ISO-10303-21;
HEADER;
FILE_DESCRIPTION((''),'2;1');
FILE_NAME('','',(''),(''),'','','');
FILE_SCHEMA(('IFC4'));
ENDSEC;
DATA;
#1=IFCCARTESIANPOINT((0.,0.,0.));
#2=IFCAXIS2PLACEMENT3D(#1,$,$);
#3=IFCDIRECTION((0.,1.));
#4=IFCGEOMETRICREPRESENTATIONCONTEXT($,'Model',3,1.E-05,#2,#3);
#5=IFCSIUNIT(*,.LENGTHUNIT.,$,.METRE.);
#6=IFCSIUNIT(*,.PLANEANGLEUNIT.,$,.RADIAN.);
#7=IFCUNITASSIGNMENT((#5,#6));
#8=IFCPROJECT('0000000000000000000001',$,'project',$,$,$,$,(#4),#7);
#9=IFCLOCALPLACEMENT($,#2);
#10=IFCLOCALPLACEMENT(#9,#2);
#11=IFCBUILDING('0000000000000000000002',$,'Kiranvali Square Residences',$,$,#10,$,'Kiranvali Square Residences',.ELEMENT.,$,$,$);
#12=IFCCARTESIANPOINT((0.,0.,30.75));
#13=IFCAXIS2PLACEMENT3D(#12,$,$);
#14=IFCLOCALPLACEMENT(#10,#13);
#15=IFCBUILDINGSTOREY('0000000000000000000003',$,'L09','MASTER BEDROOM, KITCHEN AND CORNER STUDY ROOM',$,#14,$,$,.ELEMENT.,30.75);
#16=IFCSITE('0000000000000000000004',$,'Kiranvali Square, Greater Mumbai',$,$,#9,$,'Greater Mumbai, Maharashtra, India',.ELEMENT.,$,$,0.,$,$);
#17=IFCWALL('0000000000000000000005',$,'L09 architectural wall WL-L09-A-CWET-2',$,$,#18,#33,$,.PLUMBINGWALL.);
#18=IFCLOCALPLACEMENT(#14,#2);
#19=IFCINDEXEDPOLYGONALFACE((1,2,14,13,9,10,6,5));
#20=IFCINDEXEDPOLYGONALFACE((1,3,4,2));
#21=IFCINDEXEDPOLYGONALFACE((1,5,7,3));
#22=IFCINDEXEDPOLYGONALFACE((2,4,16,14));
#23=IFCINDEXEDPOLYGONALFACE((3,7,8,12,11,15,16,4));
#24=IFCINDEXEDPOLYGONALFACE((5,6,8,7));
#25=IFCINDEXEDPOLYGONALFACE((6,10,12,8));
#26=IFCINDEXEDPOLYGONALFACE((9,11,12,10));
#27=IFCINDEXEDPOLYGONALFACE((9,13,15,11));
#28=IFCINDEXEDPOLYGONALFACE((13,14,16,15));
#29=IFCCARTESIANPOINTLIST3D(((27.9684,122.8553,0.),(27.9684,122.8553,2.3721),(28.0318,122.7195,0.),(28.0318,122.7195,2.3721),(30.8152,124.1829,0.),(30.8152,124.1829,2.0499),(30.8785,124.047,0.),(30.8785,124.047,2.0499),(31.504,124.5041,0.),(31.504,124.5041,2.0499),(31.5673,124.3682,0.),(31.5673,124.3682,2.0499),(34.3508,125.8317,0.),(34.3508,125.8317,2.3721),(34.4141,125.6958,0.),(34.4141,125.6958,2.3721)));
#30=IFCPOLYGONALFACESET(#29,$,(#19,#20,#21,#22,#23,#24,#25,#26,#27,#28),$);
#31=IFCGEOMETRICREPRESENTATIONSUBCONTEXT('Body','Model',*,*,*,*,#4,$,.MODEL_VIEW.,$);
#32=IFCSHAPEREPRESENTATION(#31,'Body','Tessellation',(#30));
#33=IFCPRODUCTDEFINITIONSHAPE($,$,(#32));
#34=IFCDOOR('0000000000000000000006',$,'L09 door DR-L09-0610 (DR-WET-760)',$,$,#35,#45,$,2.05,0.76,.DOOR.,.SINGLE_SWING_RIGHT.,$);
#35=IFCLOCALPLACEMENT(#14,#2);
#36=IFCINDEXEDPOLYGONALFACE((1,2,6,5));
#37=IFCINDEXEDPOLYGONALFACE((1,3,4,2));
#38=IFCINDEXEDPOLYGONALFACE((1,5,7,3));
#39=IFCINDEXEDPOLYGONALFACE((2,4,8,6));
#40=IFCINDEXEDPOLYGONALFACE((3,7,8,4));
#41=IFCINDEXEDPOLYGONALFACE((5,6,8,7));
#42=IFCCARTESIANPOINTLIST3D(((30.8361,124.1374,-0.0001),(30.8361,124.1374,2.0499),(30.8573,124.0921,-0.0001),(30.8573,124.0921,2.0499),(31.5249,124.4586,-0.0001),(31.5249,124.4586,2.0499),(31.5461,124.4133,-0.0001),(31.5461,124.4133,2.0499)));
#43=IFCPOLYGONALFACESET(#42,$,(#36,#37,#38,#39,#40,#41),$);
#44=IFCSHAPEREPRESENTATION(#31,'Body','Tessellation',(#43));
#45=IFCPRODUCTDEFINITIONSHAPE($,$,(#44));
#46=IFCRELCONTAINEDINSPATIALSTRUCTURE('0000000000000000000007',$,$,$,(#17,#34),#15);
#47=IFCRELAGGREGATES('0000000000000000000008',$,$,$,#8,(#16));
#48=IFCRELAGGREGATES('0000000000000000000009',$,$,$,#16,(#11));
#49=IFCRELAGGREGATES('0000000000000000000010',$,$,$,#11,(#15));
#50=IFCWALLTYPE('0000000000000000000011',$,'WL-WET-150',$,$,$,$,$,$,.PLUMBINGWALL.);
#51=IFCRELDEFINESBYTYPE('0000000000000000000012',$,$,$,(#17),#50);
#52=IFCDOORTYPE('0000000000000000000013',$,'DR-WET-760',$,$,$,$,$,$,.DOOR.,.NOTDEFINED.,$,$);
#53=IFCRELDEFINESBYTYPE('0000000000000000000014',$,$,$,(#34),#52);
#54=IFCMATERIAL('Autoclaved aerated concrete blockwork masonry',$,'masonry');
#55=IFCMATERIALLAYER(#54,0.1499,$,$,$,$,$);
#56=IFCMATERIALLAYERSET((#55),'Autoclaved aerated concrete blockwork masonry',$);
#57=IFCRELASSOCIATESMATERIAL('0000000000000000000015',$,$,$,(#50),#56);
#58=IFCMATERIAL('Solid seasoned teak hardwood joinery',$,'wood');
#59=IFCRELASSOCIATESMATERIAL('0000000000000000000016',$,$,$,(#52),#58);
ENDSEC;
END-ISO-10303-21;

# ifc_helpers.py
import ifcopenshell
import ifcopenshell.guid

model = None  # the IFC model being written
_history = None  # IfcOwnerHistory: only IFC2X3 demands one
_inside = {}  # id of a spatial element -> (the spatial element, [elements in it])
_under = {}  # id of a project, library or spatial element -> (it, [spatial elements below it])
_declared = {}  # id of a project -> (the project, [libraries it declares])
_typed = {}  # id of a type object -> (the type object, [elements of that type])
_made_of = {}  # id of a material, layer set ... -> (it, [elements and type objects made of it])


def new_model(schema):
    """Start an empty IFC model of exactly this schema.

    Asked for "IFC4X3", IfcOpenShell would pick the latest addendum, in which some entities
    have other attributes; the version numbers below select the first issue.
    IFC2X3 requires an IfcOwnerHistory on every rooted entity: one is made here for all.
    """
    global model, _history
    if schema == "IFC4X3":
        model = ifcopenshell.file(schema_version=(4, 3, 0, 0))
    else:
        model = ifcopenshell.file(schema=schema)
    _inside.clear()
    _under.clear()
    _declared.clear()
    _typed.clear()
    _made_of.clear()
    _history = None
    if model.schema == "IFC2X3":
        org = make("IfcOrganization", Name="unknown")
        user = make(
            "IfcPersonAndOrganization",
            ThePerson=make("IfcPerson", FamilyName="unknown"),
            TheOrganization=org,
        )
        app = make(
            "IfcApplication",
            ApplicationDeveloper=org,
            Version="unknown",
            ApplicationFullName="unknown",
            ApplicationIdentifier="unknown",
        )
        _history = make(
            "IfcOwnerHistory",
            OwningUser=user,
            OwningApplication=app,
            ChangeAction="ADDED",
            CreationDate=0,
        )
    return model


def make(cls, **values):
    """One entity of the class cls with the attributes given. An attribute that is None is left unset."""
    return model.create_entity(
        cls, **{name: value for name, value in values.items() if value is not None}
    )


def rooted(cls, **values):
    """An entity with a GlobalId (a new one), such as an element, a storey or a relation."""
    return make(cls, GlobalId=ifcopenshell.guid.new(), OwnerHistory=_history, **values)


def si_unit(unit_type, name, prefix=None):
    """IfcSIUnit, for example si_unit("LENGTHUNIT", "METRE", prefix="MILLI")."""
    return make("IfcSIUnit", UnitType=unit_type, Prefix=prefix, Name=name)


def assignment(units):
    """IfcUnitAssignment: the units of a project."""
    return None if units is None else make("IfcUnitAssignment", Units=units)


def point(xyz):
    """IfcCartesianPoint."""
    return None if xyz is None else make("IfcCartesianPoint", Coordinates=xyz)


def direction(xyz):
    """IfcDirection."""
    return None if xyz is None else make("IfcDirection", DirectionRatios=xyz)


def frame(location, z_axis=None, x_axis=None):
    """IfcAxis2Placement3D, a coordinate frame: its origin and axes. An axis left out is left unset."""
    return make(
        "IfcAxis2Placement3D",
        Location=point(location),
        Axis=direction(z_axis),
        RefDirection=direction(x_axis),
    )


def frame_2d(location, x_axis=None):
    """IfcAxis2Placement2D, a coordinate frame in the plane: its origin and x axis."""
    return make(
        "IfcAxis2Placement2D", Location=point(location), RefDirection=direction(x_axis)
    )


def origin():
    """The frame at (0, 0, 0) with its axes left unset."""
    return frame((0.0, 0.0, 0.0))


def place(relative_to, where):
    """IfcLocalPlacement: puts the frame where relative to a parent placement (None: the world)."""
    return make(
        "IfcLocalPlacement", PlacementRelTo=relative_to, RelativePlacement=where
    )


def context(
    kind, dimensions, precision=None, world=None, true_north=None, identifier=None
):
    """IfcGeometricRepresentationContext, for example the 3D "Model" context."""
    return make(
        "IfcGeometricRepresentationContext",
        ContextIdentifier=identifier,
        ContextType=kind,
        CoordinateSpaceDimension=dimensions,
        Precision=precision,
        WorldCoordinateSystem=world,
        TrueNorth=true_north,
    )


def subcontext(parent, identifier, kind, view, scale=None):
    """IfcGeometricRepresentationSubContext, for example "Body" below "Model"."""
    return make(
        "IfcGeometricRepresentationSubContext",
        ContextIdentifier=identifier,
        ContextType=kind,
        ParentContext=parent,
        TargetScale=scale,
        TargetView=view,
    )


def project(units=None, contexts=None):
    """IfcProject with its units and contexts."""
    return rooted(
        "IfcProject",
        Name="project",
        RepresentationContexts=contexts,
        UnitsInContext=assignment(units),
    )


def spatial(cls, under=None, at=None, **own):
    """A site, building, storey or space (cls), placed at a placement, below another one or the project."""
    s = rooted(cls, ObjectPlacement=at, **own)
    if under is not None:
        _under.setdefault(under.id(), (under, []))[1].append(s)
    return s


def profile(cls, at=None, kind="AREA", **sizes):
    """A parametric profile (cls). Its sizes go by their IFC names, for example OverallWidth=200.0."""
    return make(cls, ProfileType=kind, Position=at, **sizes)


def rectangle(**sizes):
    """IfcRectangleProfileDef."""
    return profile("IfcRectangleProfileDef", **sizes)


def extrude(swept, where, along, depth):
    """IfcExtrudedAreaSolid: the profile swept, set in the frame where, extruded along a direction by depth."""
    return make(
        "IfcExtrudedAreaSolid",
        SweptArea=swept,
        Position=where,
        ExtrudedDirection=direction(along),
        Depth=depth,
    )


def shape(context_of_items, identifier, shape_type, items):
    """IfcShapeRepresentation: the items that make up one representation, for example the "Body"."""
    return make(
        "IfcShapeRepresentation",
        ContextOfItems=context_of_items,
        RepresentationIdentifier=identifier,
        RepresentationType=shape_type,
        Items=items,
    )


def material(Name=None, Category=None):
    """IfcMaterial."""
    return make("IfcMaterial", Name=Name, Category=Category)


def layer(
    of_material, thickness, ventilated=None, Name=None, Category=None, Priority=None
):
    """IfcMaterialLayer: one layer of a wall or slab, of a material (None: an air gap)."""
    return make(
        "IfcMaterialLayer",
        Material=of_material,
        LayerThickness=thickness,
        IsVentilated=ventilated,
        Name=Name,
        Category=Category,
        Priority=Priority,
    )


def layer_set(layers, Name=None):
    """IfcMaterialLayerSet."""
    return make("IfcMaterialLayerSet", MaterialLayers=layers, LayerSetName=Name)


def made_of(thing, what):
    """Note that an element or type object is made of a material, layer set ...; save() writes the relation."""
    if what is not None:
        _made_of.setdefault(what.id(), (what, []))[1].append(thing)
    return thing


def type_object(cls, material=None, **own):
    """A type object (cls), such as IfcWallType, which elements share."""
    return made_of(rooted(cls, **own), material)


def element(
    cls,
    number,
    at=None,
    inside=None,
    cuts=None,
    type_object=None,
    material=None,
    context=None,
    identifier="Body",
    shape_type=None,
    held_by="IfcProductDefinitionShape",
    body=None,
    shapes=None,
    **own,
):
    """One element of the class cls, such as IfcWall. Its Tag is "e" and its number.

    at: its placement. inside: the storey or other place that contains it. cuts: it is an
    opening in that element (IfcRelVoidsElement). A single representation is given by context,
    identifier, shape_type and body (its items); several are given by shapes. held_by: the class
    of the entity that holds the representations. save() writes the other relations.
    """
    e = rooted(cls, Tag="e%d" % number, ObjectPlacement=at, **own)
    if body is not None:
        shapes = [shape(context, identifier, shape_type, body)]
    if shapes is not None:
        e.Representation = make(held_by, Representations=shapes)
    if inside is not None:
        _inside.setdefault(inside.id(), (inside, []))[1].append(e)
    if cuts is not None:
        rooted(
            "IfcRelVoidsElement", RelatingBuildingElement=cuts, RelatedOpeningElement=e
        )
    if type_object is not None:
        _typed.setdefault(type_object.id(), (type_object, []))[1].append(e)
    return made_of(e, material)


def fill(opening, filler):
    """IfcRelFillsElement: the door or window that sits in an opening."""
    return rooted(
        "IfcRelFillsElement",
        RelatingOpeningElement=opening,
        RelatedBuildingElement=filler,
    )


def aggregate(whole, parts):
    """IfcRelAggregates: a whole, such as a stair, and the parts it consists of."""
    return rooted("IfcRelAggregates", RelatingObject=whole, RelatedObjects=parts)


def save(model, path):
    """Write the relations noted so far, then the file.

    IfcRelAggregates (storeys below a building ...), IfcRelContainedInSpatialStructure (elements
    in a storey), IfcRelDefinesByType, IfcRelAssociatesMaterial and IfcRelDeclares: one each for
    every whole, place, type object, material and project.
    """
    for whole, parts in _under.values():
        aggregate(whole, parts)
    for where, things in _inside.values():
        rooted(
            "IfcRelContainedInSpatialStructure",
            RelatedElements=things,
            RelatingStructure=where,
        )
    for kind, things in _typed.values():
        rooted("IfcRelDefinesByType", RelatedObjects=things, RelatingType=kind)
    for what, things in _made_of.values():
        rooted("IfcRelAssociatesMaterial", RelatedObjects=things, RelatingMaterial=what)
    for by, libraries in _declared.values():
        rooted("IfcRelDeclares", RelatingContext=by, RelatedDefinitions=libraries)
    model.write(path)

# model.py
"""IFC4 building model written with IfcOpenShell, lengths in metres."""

from ifc_helpers import new_model, si_unit, direction, frame, frame_2d, origin, place, context, subcontext, project, spatial, rectangle, extrude, material, layer, layer_set, type_object, element, fill, save


model = new_model("IFC4")

# Units and contexts
model_context = context("Model", 3, precision=1e-05, world=origin(), true_north=direction((0.0, 1.0)))
body_context = subcontext(model_context, "Body", "Model", "MODEL_VIEW")
ifc_project = project(units=[si_unit("LENGTHUNIT", "METRE"), si_unit("PLANEANGLEUNIT", "RADIAN")], contexts=[model_context])

# Site, building, storey
site_placement = place(None, origin())
site = spatial("IfcSite", under=ifc_project, at=site_placement, Name="Kiranvali Square, Greater Mumbai", LongName="Greater Mumbai, Maharashtra, India", CompositionType="ELEMENT", RefElevation=0.0)
building_placement = place(site_placement, origin())
building = spatial("IfcBuilding", under=site, at=building_placement, Name="Kiranvali Square Residences", LongName="Kiranvali Square Residences", CompositionType="ELEMENT")
storey_placement = place(building_placement, frame((0.0, 0.0, 30.75)))
storey = spatial("IfcBuildingStorey", under=building, at=storey_placement, Name="L09", Description="MASTER BEDROOM, KITCHEN AND CORNER STUDY ROOM", CompositionType="ELEMENT", Elevation=30.75)

# Shared definitions
ifc_material_1 = material(Name="Autoclaved aerated concrete blockwork masonry", Category="masonry")

# Wall, opening, door
ifc_layer_1 = layer(ifc_material_1, 0.1499)
ifc_layer_set_1 = layer_set([ifc_layer_1], Name="Autoclaved aerated concrete blockwork masonry")
wall_type_1 = type_object("IfcWallType", Name="WL-WET-150", PredefinedType="PLUMBINGWALL", material=ifc_layer_set_1)
wall_1_placement = place(storey_placement, frame((34.3823, 125.7637, 0.0), z_axis=(0.0, 0.0, 1.0), x_axis=(-0.906297, -0.422641, 0.0)))
wall_1 = element("IfcWall", 1, at=wall_1_placement, inside=storey, type_object=wall_type_1, Name="L09 architectural wall WL-L09-A-CWET-2", PredefinedType="PLUMBINGWALL", context=body_context, shape_type="SweptSolid", body=[
    extrude(rectangle(XDim=7.0422, YDim=0.1499, at=frame_2d((3.521, 0.0))), origin(), (0.0, 0.0, 1.0), 2.3721),
])
opening_1_placement = place(wall_1_placement, frame((3.1411, 0.0, 0.0)))
opening_1 = element("IfcOpeningElement", 2, at=opening_1_placement, cuts=wall_1, PredefinedType="OPENING", context=body_context, shape_type="SweptSolid", body=[
    extrude(rectangle(XDim=0.76, YDim=2.05, at=frame_2d((0.3799, 1.0249))), frame((0.0, 0.085, 0.0), z_axis=(0.0, -1.0, 0.0), x_axis=(1.0, 0.0, 0.0)), (0.0, 0.0, 1.0), 0.1699),
])
ifc_material_2 = material(Name="Solid seasoned teak hardwood joinery", Category="wood")
door_type = type_object("IfcDoorType", Name="DR-WET-760", OperationType="NOTDEFINED", PredefinedType="DOOR", material=ifc_material_2)
door_placement = place(opening_1_placement, frame((0.76, 0.0, 0.0), z_axis=(0.0, 0.0, 1.0), x_axis=(-1.0, 0.0, 0.0)))
door = element("IfcDoor", 3, at=door_placement, inside=storey, type_object=door_type, Name="L09 door DR-L09-0610 (DR-WET-760)", OperationType="SINGLE_SWING_RIGHT", OverallHeight=2.05, OverallWidth=0.76, PredefinedType="DOOR", context=body_context, shape_type="SweptSolid", body=[
    extrude(rectangle(XDim=0.76, YDim=2.05, at=frame_2d((0.3799, 1.0249))), frame((0.0, 0.0249, 0.0), z_axis=(0.0, -1.0, 0.0), x_axis=(1.0, 0.0, 0.0)), (0.0, 0.0, 1.0), 0.05),
])
fill(opening_1, door)

save(model, "model.ifc")
